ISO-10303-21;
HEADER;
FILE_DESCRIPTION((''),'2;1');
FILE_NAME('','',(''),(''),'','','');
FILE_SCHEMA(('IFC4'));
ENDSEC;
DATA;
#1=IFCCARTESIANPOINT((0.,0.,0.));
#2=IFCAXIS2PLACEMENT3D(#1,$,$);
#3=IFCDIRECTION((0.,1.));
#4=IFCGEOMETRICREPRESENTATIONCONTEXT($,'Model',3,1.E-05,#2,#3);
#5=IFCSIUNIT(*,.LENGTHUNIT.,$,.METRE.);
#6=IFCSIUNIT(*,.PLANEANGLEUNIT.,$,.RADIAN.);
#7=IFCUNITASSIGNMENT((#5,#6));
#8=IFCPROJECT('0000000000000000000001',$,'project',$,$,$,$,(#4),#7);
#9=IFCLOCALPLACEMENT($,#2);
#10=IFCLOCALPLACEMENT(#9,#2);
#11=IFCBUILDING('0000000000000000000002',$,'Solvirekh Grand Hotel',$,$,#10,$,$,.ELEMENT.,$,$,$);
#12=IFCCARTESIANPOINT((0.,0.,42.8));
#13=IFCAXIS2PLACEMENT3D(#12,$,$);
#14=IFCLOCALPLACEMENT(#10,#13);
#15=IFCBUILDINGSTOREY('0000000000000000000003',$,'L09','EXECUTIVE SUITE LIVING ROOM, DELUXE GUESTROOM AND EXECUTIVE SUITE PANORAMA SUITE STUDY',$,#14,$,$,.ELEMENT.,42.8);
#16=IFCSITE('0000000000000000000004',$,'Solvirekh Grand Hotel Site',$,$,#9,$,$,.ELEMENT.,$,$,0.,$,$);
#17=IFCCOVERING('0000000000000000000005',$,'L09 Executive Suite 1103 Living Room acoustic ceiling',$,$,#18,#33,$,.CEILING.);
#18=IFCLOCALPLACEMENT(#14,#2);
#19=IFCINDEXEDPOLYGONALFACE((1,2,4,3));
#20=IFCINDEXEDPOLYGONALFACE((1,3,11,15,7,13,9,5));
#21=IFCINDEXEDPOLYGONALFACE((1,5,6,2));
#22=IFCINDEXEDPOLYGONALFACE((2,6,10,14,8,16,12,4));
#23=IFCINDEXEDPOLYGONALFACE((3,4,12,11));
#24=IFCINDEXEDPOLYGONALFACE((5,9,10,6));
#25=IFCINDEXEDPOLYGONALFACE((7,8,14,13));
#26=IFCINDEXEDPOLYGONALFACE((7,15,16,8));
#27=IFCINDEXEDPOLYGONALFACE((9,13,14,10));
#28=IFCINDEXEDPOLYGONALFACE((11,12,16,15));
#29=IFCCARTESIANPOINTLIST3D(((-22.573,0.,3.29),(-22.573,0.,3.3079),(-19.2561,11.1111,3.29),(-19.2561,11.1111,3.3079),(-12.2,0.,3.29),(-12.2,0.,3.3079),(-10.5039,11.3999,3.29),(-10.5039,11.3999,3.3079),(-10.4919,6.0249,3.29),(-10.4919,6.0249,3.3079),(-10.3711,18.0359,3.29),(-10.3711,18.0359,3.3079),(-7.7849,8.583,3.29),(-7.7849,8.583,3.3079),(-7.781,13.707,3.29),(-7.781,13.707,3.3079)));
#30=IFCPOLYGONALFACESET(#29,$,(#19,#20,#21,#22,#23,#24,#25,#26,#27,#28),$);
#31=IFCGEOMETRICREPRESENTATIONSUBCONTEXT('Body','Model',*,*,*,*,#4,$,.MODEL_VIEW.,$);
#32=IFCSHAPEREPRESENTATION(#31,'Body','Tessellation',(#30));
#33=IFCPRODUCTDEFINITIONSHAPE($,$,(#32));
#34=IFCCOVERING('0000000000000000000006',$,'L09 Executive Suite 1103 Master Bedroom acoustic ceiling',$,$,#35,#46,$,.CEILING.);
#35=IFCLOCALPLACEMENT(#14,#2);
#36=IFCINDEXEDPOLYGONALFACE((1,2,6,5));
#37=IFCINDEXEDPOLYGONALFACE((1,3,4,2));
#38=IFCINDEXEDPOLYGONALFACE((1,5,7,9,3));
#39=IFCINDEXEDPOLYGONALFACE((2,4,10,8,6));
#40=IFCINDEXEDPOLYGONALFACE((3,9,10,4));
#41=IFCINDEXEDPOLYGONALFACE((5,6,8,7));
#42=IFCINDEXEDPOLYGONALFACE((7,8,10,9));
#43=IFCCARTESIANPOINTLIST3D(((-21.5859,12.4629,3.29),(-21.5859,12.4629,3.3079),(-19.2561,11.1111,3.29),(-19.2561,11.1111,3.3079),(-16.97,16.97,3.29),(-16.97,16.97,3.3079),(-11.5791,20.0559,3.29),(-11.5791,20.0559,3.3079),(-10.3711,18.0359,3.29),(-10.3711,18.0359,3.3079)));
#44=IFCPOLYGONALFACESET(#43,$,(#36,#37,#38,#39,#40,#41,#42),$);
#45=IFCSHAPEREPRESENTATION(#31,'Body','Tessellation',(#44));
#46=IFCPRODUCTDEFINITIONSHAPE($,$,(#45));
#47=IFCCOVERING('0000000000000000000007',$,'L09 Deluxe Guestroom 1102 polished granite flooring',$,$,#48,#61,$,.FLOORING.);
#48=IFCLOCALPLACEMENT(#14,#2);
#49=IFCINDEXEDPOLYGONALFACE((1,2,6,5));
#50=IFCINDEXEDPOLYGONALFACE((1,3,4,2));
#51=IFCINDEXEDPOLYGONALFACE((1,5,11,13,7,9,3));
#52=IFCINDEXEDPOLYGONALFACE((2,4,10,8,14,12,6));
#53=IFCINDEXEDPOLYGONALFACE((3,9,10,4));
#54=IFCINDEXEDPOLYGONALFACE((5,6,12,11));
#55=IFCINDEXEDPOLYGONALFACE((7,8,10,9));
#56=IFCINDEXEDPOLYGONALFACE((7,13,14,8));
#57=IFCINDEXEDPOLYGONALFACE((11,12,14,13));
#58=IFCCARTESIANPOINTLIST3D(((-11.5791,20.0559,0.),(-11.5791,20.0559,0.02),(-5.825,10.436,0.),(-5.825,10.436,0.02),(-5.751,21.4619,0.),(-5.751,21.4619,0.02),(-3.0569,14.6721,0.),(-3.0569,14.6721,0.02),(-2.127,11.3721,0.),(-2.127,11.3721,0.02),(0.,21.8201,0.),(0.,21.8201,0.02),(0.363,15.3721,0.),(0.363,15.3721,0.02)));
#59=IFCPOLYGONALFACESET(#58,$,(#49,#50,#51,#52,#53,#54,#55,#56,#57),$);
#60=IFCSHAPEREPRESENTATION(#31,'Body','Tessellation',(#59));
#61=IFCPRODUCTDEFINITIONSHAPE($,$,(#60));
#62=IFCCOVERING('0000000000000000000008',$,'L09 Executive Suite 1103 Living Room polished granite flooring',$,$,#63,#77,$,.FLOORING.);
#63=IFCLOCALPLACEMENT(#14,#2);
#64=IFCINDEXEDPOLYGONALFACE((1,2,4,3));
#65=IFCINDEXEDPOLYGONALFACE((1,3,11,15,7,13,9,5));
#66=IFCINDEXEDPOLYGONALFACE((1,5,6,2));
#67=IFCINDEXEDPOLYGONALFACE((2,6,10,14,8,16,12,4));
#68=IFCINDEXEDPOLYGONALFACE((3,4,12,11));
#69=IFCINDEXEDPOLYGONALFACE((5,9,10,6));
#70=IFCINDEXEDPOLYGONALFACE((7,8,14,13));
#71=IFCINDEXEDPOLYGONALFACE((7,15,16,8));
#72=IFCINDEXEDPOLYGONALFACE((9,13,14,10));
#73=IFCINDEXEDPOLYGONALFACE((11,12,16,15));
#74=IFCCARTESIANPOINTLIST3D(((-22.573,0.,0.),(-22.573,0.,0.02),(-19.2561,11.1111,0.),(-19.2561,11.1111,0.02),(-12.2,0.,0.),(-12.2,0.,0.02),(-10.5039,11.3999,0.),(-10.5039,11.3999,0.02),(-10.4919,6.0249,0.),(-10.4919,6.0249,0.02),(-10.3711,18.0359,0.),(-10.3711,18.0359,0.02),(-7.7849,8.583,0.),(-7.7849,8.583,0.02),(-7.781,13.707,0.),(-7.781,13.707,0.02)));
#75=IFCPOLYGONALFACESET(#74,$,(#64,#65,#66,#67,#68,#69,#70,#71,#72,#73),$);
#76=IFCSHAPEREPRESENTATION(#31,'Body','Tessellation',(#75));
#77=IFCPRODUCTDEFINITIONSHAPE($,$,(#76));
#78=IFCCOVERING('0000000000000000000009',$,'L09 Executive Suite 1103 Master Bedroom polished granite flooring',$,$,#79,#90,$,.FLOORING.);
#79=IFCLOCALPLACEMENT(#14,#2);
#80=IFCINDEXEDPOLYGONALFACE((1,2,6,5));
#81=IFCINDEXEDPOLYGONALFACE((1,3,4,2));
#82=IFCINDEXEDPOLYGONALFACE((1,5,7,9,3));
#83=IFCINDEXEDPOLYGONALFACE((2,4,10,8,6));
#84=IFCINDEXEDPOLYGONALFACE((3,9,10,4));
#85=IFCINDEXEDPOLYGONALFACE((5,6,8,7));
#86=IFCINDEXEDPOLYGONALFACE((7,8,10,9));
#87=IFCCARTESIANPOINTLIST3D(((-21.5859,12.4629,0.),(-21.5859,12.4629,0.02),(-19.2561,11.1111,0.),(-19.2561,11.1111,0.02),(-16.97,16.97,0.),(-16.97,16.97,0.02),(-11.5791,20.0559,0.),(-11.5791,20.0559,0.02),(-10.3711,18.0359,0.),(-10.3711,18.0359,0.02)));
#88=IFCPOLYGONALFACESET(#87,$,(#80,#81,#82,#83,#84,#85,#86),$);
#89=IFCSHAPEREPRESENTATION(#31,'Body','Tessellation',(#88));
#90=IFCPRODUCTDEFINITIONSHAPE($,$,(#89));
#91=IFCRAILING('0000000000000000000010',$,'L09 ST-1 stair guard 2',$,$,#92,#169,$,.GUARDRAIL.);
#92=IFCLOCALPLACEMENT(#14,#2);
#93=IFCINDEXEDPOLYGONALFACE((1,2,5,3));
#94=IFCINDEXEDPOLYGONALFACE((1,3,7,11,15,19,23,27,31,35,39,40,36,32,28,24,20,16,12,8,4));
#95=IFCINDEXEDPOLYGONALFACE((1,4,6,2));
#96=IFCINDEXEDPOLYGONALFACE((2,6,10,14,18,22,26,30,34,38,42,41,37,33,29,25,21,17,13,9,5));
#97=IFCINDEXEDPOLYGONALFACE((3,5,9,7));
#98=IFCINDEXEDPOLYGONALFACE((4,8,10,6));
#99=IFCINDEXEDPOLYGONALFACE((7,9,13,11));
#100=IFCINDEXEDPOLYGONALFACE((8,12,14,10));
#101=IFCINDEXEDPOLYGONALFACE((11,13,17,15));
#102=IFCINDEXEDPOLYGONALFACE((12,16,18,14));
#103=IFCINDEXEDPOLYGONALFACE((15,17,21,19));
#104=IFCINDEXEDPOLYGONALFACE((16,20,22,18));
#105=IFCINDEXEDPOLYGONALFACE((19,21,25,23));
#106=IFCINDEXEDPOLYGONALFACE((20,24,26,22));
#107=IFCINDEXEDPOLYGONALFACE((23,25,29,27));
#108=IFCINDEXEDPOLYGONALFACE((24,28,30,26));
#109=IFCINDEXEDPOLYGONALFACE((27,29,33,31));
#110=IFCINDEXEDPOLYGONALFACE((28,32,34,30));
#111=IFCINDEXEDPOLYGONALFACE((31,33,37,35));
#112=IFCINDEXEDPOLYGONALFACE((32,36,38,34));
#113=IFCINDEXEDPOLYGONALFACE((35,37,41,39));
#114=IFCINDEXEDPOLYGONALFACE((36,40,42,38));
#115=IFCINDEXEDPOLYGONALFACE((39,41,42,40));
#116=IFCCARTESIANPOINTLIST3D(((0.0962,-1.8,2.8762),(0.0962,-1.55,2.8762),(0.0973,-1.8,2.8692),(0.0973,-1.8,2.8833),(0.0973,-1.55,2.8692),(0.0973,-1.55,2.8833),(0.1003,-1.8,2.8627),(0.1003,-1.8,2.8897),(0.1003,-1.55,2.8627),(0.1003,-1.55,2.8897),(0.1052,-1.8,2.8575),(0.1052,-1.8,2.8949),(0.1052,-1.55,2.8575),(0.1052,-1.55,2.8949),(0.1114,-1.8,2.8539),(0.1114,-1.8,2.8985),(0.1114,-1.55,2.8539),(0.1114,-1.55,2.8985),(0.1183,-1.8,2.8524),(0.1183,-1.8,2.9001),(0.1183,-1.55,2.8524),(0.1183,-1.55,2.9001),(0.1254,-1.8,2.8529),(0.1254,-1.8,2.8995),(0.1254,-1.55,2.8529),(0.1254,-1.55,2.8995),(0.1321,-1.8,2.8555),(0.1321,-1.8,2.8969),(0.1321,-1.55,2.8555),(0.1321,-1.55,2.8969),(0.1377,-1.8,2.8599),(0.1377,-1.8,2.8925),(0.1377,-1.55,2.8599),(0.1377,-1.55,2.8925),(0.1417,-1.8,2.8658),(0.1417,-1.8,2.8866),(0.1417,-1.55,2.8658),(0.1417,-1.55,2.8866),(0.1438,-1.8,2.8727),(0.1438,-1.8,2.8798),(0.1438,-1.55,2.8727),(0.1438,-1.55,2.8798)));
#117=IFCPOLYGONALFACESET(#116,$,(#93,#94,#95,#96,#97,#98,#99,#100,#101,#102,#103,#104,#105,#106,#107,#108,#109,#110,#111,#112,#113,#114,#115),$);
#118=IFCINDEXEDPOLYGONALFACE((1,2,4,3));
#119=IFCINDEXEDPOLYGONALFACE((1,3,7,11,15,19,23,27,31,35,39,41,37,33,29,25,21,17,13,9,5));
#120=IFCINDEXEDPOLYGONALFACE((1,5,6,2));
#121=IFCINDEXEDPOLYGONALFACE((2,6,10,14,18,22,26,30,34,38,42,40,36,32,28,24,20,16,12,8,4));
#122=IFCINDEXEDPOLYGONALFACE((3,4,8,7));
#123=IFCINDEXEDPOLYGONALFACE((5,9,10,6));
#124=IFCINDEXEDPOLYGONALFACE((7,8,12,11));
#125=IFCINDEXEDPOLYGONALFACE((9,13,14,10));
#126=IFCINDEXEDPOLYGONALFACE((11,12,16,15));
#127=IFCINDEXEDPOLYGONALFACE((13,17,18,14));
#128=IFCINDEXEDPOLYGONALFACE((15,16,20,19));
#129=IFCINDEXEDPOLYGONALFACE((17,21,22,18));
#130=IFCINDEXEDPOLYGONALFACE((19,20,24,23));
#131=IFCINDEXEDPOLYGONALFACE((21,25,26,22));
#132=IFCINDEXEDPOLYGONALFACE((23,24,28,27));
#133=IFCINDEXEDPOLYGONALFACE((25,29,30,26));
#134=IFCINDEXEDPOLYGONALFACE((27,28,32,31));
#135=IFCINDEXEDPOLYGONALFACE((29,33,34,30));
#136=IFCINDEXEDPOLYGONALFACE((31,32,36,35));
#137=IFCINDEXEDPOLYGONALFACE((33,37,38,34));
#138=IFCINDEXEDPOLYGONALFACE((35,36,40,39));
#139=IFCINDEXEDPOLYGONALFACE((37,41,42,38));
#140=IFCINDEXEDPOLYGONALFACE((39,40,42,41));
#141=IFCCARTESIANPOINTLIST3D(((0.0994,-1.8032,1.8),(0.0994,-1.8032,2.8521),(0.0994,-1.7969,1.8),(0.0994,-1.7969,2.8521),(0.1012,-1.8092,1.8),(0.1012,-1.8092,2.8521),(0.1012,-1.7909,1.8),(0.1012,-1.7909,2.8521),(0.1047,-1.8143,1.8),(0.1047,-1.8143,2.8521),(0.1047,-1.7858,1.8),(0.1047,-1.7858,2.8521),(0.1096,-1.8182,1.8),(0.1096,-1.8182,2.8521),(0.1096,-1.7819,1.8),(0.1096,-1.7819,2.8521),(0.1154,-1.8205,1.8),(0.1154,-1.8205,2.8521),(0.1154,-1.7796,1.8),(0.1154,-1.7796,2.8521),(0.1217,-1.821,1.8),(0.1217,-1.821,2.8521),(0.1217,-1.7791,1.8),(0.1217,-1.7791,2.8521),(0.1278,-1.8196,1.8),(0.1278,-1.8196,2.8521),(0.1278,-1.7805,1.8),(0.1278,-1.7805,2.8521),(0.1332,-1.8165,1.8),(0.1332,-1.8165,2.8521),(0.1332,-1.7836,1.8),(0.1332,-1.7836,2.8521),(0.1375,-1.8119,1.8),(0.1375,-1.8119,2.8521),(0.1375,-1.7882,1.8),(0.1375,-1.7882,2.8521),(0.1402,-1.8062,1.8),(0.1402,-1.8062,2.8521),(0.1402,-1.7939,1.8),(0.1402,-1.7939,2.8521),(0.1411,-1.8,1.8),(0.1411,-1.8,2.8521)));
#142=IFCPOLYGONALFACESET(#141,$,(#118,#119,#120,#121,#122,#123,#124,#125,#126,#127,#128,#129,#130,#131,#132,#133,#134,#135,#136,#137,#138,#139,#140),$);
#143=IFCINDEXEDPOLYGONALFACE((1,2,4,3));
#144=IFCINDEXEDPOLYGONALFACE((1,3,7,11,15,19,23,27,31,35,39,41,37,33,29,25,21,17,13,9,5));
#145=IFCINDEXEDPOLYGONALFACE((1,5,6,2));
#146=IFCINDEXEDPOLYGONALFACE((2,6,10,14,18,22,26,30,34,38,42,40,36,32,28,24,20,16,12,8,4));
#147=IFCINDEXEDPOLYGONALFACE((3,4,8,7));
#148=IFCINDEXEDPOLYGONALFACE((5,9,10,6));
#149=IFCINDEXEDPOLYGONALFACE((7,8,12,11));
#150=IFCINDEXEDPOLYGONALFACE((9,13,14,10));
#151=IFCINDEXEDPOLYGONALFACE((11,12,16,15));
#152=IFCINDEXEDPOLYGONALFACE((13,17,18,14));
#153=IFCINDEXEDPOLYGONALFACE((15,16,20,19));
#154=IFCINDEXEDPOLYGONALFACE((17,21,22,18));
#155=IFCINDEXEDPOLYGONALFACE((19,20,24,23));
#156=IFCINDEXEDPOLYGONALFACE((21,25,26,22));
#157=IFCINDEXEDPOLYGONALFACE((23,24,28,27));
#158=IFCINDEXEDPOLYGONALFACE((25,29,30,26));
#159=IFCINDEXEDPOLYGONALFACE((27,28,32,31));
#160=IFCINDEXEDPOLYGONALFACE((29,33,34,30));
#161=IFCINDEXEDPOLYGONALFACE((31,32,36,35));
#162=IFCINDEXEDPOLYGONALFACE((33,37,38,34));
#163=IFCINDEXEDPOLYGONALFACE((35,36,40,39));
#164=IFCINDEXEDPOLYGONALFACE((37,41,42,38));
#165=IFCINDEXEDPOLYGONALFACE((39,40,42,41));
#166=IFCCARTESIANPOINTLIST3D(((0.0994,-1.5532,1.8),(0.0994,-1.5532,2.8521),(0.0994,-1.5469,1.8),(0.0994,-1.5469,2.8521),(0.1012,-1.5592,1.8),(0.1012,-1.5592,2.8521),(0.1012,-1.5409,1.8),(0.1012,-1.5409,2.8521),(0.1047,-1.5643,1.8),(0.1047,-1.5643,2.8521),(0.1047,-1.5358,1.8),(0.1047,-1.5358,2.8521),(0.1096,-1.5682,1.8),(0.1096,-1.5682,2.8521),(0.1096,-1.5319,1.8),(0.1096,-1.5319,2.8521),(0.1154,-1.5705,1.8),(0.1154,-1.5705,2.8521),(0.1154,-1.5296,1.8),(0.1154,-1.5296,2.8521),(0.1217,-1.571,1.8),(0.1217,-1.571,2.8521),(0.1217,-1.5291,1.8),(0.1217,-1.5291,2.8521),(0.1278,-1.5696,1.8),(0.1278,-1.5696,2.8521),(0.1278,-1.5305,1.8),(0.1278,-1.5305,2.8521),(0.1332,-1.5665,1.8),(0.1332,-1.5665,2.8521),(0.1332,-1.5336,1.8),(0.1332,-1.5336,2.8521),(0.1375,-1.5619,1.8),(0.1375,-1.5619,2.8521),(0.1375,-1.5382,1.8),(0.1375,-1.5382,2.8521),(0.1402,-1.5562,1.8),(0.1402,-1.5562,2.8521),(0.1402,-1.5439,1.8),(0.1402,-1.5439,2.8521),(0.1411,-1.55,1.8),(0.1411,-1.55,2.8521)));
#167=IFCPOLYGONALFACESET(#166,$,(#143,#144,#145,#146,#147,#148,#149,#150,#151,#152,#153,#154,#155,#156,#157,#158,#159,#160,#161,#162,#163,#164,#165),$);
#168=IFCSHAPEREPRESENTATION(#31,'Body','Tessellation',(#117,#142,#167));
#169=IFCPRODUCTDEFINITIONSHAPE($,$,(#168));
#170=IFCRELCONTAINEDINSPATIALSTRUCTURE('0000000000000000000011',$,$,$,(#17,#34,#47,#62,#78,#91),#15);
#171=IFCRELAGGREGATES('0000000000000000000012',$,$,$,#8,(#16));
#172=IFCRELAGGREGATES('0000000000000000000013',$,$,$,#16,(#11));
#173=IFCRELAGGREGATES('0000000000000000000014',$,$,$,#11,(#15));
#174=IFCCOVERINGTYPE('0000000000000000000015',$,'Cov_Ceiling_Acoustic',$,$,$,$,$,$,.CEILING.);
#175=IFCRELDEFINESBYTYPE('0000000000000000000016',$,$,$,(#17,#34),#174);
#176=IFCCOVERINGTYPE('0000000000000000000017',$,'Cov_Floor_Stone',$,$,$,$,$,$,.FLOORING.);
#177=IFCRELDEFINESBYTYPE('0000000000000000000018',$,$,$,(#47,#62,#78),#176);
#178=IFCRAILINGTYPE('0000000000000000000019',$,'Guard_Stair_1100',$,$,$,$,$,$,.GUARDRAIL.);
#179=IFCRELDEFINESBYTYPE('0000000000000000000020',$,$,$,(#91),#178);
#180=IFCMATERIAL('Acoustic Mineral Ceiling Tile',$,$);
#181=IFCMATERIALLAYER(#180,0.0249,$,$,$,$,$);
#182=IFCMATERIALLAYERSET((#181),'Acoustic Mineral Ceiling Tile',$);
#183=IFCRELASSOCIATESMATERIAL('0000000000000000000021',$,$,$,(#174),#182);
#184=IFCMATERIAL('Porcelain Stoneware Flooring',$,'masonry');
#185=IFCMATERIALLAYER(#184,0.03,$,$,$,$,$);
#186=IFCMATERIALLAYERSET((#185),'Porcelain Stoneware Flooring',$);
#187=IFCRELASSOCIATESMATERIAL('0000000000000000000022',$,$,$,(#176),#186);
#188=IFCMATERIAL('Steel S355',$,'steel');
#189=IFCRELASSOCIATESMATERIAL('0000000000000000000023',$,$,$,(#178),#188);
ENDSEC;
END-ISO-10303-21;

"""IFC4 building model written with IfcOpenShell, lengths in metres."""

from ifc_helpers import new_model, si_unit, direction, frame, origin, origin_2d, place, context, subcontext, project, spatial, polyline, circle, outline, extrude, material, layer, layer_set, type_object, element, save


model = new_model("IFC4")

# Units and contexts
model_context = context("Model", 3, precision=1e-05, world=origin(), true_north=direction((0.0, 1.0)))
body_context = subcontext(model_context, "Body", "Model", "MODEL_VIEW")
ifc_project = project(units=[si_unit("LENGTHUNIT", "METRE"), si_unit("PLANEANGLEUNIT", "RADIAN")], contexts=[model_context])

# Site, building, storey
site_placement = place(None, origin())
site = spatial("IfcSite", under=ifc_project, at=site_placement, Name="Solvirekh Grand Hotel Site", CompositionType="ELEMENT", RefElevation=0.0)
building_placement = place(site_placement, origin())
building = spatial("IfcBuilding", under=site, at=building_placement, Name="Solvirekh Grand Hotel", CompositionType="ELEMENT")
storey_placement = place(building_placement, frame((0.0, 0.0, 42.8)))
storey = spatial("IfcBuildingStorey", under=building, at=storey_placement, Name="L09", Description="EXECUTIVE SUITE LIVING ROOM, DELUXE GUESTROOM AND EXECUTIVE SUITE PANORAMA SUITE STUDY", CompositionType="ELEMENT", Elevation=42.8)

# Coverings
ifc_material_1 = material(Name="Acoustic Mineral Ceiling Tile")
ifc_layer_1 = layer(ifc_material_1, 0.0249)
ifc_layer_set_1 = layer_set([ifc_layer_1], Name="Acoustic Mineral Ceiling Tile")
covering_type_1 = type_object("IfcCoveringType", Name="Cov_Ceiling_Acoustic", PredefinedType="CEILING", material=ifc_layer_set_1)
covering_1_placement = place(storey_placement, frame((0.0, 0.0, 3.29)))
element("IfcCovering", 1, at=covering_1_placement, inside=storey, type_object=covering_type_1, Name="L09 Executive Suite 1103 Living Room acoustic ceiling", PredefinedType="CEILING", context=body_context, shape_type="SweptSolid", body=[
    extrude(outline(polyline([(-10.5039, 11.3999), (-7.781, 13.707), (-10.3711, 18.0359), (-19.2561, 11.1111), (-22.573, 0.0), (-12.2, 0.0), (-10.4919, 6.0249), (-7.7849, 8.583), (-10.5039, 11.3999)])), origin(), (0.0, 0.0, 1.0), 0.0178),
])
covering_2_placement = place(storey_placement, frame((0.0, 0.0, 3.29)))
element("IfcCovering", 2, at=covering_2_placement, inside=storey, type_object=covering_type_1, Name="L09 Executive Suite 1103 Master Bedroom acoustic ceiling", PredefinedType="CEILING", context=body_context, shape_type="SweptSolid", body=[
    extrude(outline(polyline([(-11.5791, 20.0559), (-16.97, 16.97), (-21.5859, 12.4629), (-19.2561, 11.1111), (-10.3711, 18.0359), (-11.5791, 20.0559)])), origin(), (0.0, 0.0, 1.0), 0.0178),
])
ifc_material_2 = material(Name="Porcelain Stoneware Flooring", Category="masonry")
ifc_layer_2 = layer(ifc_material_2, 0.03)
ifc_layer_set_2 = layer_set([ifc_layer_2], Name="Porcelain Stoneware Flooring")
covering_type_2 = type_object("IfcCoveringType", Name="Cov_Floor_Stone", PredefinedType="FLOORING", material=ifc_layer_set_2)
covering_3_placement = place(storey_placement, origin())
element("IfcCovering", 3, at=covering_3_placement, inside=storey, type_object=covering_type_2, Name="L09 Deluxe Guestroom 1102 polished granite flooring", PredefinedType="FLOORING", context=body_context, shape_type="SweptSolid", body=[
    extrude(outline(polyline([(-3.0569, 14.6721), (0.363, 15.3721), (0.0, 21.8201), (-5.751, 21.4619), (-11.5791, 20.0559), (-5.825, 10.436), (-2.127, 11.3721), (-3.0569, 14.6721)])), origin(), (0.0, 0.0, 1.0), 0.02),
])
covering_4_placement = place(storey_placement, origin())
element("IfcCovering", 4, at=covering_4_placement, inside=storey, type_object=covering_type_2, Name="L09 Executive Suite 1103 Living Room polished granite flooring", PredefinedType="FLOORING", context=body_context, shape_type="SweptSolid", body=[
    extrude(outline(polyline([(-10.5039, 11.3999), (-7.781, 13.707), (-10.3711, 18.0359), (-19.2561, 11.1111), (-22.573, 0.0), (-12.2, 0.0), (-10.4919, 6.0249), (-7.7849, 8.583), (-10.5039, 11.3999)])), origin(), (0.0, 0.0, 1.0), 0.02),
])
covering_5_placement = place(storey_placement, origin())
element("IfcCovering", 5, at=covering_5_placement, inside=storey, type_object=covering_type_2, Name="L09 Executive Suite 1103 Master Bedroom polished granite flooring", PredefinedType="FLOORING", context=body_context, shape_type="SweptSolid", body=[
    extrude(outline(polyline([(-11.5791, 20.0559), (-16.97, 16.97), (-21.5859, 12.4629), (-19.2561, 11.1111), (-10.3711, 18.0359), (-11.5791, 20.0559)])), origin(), (0.0, 0.0, 1.0), 0.02),
])

# Railing
ifc_material_3 = material(Name="Steel S355", Category="steel")
railing_type_1 = type_object("IfcRailingType", Name="Guard_Stair_1100", PredefinedType="GUARDRAIL", material=ifc_material_3)
railing_1_placement = place(storey_placement, frame((0.1201, -1.8, 1.8)))
element("IfcRailing", 6, at=railing_1_placement, inside=storey, type_object=railing_type_1, Name="L09 ST-1 stair guard 2", PredefinedType="GUARDRAIL", context=body_context, shape_type="SweptSolid", body=[
    extrude(circle(Radius=0.0239, at=origin_2d()), frame((0.0, 0.0, 1.0762), z_axis=(0.0, 1.0, 0.0), x_axis=(-1.0, 0.0, 0.0)), (0.0, 0.0, 1.0), 0.25),
    extrude(circle(Radius=0.021, at=origin_2d()), origin(), (0.0, 0.0, 1.0), 1.052),
    extrude(circle(Radius=0.021, at=origin_2d()), frame((0.0, 0.25, 0.0)), (0.0, 0.0, 1.0), 1.052),
])

save(model, "model.ifc")
